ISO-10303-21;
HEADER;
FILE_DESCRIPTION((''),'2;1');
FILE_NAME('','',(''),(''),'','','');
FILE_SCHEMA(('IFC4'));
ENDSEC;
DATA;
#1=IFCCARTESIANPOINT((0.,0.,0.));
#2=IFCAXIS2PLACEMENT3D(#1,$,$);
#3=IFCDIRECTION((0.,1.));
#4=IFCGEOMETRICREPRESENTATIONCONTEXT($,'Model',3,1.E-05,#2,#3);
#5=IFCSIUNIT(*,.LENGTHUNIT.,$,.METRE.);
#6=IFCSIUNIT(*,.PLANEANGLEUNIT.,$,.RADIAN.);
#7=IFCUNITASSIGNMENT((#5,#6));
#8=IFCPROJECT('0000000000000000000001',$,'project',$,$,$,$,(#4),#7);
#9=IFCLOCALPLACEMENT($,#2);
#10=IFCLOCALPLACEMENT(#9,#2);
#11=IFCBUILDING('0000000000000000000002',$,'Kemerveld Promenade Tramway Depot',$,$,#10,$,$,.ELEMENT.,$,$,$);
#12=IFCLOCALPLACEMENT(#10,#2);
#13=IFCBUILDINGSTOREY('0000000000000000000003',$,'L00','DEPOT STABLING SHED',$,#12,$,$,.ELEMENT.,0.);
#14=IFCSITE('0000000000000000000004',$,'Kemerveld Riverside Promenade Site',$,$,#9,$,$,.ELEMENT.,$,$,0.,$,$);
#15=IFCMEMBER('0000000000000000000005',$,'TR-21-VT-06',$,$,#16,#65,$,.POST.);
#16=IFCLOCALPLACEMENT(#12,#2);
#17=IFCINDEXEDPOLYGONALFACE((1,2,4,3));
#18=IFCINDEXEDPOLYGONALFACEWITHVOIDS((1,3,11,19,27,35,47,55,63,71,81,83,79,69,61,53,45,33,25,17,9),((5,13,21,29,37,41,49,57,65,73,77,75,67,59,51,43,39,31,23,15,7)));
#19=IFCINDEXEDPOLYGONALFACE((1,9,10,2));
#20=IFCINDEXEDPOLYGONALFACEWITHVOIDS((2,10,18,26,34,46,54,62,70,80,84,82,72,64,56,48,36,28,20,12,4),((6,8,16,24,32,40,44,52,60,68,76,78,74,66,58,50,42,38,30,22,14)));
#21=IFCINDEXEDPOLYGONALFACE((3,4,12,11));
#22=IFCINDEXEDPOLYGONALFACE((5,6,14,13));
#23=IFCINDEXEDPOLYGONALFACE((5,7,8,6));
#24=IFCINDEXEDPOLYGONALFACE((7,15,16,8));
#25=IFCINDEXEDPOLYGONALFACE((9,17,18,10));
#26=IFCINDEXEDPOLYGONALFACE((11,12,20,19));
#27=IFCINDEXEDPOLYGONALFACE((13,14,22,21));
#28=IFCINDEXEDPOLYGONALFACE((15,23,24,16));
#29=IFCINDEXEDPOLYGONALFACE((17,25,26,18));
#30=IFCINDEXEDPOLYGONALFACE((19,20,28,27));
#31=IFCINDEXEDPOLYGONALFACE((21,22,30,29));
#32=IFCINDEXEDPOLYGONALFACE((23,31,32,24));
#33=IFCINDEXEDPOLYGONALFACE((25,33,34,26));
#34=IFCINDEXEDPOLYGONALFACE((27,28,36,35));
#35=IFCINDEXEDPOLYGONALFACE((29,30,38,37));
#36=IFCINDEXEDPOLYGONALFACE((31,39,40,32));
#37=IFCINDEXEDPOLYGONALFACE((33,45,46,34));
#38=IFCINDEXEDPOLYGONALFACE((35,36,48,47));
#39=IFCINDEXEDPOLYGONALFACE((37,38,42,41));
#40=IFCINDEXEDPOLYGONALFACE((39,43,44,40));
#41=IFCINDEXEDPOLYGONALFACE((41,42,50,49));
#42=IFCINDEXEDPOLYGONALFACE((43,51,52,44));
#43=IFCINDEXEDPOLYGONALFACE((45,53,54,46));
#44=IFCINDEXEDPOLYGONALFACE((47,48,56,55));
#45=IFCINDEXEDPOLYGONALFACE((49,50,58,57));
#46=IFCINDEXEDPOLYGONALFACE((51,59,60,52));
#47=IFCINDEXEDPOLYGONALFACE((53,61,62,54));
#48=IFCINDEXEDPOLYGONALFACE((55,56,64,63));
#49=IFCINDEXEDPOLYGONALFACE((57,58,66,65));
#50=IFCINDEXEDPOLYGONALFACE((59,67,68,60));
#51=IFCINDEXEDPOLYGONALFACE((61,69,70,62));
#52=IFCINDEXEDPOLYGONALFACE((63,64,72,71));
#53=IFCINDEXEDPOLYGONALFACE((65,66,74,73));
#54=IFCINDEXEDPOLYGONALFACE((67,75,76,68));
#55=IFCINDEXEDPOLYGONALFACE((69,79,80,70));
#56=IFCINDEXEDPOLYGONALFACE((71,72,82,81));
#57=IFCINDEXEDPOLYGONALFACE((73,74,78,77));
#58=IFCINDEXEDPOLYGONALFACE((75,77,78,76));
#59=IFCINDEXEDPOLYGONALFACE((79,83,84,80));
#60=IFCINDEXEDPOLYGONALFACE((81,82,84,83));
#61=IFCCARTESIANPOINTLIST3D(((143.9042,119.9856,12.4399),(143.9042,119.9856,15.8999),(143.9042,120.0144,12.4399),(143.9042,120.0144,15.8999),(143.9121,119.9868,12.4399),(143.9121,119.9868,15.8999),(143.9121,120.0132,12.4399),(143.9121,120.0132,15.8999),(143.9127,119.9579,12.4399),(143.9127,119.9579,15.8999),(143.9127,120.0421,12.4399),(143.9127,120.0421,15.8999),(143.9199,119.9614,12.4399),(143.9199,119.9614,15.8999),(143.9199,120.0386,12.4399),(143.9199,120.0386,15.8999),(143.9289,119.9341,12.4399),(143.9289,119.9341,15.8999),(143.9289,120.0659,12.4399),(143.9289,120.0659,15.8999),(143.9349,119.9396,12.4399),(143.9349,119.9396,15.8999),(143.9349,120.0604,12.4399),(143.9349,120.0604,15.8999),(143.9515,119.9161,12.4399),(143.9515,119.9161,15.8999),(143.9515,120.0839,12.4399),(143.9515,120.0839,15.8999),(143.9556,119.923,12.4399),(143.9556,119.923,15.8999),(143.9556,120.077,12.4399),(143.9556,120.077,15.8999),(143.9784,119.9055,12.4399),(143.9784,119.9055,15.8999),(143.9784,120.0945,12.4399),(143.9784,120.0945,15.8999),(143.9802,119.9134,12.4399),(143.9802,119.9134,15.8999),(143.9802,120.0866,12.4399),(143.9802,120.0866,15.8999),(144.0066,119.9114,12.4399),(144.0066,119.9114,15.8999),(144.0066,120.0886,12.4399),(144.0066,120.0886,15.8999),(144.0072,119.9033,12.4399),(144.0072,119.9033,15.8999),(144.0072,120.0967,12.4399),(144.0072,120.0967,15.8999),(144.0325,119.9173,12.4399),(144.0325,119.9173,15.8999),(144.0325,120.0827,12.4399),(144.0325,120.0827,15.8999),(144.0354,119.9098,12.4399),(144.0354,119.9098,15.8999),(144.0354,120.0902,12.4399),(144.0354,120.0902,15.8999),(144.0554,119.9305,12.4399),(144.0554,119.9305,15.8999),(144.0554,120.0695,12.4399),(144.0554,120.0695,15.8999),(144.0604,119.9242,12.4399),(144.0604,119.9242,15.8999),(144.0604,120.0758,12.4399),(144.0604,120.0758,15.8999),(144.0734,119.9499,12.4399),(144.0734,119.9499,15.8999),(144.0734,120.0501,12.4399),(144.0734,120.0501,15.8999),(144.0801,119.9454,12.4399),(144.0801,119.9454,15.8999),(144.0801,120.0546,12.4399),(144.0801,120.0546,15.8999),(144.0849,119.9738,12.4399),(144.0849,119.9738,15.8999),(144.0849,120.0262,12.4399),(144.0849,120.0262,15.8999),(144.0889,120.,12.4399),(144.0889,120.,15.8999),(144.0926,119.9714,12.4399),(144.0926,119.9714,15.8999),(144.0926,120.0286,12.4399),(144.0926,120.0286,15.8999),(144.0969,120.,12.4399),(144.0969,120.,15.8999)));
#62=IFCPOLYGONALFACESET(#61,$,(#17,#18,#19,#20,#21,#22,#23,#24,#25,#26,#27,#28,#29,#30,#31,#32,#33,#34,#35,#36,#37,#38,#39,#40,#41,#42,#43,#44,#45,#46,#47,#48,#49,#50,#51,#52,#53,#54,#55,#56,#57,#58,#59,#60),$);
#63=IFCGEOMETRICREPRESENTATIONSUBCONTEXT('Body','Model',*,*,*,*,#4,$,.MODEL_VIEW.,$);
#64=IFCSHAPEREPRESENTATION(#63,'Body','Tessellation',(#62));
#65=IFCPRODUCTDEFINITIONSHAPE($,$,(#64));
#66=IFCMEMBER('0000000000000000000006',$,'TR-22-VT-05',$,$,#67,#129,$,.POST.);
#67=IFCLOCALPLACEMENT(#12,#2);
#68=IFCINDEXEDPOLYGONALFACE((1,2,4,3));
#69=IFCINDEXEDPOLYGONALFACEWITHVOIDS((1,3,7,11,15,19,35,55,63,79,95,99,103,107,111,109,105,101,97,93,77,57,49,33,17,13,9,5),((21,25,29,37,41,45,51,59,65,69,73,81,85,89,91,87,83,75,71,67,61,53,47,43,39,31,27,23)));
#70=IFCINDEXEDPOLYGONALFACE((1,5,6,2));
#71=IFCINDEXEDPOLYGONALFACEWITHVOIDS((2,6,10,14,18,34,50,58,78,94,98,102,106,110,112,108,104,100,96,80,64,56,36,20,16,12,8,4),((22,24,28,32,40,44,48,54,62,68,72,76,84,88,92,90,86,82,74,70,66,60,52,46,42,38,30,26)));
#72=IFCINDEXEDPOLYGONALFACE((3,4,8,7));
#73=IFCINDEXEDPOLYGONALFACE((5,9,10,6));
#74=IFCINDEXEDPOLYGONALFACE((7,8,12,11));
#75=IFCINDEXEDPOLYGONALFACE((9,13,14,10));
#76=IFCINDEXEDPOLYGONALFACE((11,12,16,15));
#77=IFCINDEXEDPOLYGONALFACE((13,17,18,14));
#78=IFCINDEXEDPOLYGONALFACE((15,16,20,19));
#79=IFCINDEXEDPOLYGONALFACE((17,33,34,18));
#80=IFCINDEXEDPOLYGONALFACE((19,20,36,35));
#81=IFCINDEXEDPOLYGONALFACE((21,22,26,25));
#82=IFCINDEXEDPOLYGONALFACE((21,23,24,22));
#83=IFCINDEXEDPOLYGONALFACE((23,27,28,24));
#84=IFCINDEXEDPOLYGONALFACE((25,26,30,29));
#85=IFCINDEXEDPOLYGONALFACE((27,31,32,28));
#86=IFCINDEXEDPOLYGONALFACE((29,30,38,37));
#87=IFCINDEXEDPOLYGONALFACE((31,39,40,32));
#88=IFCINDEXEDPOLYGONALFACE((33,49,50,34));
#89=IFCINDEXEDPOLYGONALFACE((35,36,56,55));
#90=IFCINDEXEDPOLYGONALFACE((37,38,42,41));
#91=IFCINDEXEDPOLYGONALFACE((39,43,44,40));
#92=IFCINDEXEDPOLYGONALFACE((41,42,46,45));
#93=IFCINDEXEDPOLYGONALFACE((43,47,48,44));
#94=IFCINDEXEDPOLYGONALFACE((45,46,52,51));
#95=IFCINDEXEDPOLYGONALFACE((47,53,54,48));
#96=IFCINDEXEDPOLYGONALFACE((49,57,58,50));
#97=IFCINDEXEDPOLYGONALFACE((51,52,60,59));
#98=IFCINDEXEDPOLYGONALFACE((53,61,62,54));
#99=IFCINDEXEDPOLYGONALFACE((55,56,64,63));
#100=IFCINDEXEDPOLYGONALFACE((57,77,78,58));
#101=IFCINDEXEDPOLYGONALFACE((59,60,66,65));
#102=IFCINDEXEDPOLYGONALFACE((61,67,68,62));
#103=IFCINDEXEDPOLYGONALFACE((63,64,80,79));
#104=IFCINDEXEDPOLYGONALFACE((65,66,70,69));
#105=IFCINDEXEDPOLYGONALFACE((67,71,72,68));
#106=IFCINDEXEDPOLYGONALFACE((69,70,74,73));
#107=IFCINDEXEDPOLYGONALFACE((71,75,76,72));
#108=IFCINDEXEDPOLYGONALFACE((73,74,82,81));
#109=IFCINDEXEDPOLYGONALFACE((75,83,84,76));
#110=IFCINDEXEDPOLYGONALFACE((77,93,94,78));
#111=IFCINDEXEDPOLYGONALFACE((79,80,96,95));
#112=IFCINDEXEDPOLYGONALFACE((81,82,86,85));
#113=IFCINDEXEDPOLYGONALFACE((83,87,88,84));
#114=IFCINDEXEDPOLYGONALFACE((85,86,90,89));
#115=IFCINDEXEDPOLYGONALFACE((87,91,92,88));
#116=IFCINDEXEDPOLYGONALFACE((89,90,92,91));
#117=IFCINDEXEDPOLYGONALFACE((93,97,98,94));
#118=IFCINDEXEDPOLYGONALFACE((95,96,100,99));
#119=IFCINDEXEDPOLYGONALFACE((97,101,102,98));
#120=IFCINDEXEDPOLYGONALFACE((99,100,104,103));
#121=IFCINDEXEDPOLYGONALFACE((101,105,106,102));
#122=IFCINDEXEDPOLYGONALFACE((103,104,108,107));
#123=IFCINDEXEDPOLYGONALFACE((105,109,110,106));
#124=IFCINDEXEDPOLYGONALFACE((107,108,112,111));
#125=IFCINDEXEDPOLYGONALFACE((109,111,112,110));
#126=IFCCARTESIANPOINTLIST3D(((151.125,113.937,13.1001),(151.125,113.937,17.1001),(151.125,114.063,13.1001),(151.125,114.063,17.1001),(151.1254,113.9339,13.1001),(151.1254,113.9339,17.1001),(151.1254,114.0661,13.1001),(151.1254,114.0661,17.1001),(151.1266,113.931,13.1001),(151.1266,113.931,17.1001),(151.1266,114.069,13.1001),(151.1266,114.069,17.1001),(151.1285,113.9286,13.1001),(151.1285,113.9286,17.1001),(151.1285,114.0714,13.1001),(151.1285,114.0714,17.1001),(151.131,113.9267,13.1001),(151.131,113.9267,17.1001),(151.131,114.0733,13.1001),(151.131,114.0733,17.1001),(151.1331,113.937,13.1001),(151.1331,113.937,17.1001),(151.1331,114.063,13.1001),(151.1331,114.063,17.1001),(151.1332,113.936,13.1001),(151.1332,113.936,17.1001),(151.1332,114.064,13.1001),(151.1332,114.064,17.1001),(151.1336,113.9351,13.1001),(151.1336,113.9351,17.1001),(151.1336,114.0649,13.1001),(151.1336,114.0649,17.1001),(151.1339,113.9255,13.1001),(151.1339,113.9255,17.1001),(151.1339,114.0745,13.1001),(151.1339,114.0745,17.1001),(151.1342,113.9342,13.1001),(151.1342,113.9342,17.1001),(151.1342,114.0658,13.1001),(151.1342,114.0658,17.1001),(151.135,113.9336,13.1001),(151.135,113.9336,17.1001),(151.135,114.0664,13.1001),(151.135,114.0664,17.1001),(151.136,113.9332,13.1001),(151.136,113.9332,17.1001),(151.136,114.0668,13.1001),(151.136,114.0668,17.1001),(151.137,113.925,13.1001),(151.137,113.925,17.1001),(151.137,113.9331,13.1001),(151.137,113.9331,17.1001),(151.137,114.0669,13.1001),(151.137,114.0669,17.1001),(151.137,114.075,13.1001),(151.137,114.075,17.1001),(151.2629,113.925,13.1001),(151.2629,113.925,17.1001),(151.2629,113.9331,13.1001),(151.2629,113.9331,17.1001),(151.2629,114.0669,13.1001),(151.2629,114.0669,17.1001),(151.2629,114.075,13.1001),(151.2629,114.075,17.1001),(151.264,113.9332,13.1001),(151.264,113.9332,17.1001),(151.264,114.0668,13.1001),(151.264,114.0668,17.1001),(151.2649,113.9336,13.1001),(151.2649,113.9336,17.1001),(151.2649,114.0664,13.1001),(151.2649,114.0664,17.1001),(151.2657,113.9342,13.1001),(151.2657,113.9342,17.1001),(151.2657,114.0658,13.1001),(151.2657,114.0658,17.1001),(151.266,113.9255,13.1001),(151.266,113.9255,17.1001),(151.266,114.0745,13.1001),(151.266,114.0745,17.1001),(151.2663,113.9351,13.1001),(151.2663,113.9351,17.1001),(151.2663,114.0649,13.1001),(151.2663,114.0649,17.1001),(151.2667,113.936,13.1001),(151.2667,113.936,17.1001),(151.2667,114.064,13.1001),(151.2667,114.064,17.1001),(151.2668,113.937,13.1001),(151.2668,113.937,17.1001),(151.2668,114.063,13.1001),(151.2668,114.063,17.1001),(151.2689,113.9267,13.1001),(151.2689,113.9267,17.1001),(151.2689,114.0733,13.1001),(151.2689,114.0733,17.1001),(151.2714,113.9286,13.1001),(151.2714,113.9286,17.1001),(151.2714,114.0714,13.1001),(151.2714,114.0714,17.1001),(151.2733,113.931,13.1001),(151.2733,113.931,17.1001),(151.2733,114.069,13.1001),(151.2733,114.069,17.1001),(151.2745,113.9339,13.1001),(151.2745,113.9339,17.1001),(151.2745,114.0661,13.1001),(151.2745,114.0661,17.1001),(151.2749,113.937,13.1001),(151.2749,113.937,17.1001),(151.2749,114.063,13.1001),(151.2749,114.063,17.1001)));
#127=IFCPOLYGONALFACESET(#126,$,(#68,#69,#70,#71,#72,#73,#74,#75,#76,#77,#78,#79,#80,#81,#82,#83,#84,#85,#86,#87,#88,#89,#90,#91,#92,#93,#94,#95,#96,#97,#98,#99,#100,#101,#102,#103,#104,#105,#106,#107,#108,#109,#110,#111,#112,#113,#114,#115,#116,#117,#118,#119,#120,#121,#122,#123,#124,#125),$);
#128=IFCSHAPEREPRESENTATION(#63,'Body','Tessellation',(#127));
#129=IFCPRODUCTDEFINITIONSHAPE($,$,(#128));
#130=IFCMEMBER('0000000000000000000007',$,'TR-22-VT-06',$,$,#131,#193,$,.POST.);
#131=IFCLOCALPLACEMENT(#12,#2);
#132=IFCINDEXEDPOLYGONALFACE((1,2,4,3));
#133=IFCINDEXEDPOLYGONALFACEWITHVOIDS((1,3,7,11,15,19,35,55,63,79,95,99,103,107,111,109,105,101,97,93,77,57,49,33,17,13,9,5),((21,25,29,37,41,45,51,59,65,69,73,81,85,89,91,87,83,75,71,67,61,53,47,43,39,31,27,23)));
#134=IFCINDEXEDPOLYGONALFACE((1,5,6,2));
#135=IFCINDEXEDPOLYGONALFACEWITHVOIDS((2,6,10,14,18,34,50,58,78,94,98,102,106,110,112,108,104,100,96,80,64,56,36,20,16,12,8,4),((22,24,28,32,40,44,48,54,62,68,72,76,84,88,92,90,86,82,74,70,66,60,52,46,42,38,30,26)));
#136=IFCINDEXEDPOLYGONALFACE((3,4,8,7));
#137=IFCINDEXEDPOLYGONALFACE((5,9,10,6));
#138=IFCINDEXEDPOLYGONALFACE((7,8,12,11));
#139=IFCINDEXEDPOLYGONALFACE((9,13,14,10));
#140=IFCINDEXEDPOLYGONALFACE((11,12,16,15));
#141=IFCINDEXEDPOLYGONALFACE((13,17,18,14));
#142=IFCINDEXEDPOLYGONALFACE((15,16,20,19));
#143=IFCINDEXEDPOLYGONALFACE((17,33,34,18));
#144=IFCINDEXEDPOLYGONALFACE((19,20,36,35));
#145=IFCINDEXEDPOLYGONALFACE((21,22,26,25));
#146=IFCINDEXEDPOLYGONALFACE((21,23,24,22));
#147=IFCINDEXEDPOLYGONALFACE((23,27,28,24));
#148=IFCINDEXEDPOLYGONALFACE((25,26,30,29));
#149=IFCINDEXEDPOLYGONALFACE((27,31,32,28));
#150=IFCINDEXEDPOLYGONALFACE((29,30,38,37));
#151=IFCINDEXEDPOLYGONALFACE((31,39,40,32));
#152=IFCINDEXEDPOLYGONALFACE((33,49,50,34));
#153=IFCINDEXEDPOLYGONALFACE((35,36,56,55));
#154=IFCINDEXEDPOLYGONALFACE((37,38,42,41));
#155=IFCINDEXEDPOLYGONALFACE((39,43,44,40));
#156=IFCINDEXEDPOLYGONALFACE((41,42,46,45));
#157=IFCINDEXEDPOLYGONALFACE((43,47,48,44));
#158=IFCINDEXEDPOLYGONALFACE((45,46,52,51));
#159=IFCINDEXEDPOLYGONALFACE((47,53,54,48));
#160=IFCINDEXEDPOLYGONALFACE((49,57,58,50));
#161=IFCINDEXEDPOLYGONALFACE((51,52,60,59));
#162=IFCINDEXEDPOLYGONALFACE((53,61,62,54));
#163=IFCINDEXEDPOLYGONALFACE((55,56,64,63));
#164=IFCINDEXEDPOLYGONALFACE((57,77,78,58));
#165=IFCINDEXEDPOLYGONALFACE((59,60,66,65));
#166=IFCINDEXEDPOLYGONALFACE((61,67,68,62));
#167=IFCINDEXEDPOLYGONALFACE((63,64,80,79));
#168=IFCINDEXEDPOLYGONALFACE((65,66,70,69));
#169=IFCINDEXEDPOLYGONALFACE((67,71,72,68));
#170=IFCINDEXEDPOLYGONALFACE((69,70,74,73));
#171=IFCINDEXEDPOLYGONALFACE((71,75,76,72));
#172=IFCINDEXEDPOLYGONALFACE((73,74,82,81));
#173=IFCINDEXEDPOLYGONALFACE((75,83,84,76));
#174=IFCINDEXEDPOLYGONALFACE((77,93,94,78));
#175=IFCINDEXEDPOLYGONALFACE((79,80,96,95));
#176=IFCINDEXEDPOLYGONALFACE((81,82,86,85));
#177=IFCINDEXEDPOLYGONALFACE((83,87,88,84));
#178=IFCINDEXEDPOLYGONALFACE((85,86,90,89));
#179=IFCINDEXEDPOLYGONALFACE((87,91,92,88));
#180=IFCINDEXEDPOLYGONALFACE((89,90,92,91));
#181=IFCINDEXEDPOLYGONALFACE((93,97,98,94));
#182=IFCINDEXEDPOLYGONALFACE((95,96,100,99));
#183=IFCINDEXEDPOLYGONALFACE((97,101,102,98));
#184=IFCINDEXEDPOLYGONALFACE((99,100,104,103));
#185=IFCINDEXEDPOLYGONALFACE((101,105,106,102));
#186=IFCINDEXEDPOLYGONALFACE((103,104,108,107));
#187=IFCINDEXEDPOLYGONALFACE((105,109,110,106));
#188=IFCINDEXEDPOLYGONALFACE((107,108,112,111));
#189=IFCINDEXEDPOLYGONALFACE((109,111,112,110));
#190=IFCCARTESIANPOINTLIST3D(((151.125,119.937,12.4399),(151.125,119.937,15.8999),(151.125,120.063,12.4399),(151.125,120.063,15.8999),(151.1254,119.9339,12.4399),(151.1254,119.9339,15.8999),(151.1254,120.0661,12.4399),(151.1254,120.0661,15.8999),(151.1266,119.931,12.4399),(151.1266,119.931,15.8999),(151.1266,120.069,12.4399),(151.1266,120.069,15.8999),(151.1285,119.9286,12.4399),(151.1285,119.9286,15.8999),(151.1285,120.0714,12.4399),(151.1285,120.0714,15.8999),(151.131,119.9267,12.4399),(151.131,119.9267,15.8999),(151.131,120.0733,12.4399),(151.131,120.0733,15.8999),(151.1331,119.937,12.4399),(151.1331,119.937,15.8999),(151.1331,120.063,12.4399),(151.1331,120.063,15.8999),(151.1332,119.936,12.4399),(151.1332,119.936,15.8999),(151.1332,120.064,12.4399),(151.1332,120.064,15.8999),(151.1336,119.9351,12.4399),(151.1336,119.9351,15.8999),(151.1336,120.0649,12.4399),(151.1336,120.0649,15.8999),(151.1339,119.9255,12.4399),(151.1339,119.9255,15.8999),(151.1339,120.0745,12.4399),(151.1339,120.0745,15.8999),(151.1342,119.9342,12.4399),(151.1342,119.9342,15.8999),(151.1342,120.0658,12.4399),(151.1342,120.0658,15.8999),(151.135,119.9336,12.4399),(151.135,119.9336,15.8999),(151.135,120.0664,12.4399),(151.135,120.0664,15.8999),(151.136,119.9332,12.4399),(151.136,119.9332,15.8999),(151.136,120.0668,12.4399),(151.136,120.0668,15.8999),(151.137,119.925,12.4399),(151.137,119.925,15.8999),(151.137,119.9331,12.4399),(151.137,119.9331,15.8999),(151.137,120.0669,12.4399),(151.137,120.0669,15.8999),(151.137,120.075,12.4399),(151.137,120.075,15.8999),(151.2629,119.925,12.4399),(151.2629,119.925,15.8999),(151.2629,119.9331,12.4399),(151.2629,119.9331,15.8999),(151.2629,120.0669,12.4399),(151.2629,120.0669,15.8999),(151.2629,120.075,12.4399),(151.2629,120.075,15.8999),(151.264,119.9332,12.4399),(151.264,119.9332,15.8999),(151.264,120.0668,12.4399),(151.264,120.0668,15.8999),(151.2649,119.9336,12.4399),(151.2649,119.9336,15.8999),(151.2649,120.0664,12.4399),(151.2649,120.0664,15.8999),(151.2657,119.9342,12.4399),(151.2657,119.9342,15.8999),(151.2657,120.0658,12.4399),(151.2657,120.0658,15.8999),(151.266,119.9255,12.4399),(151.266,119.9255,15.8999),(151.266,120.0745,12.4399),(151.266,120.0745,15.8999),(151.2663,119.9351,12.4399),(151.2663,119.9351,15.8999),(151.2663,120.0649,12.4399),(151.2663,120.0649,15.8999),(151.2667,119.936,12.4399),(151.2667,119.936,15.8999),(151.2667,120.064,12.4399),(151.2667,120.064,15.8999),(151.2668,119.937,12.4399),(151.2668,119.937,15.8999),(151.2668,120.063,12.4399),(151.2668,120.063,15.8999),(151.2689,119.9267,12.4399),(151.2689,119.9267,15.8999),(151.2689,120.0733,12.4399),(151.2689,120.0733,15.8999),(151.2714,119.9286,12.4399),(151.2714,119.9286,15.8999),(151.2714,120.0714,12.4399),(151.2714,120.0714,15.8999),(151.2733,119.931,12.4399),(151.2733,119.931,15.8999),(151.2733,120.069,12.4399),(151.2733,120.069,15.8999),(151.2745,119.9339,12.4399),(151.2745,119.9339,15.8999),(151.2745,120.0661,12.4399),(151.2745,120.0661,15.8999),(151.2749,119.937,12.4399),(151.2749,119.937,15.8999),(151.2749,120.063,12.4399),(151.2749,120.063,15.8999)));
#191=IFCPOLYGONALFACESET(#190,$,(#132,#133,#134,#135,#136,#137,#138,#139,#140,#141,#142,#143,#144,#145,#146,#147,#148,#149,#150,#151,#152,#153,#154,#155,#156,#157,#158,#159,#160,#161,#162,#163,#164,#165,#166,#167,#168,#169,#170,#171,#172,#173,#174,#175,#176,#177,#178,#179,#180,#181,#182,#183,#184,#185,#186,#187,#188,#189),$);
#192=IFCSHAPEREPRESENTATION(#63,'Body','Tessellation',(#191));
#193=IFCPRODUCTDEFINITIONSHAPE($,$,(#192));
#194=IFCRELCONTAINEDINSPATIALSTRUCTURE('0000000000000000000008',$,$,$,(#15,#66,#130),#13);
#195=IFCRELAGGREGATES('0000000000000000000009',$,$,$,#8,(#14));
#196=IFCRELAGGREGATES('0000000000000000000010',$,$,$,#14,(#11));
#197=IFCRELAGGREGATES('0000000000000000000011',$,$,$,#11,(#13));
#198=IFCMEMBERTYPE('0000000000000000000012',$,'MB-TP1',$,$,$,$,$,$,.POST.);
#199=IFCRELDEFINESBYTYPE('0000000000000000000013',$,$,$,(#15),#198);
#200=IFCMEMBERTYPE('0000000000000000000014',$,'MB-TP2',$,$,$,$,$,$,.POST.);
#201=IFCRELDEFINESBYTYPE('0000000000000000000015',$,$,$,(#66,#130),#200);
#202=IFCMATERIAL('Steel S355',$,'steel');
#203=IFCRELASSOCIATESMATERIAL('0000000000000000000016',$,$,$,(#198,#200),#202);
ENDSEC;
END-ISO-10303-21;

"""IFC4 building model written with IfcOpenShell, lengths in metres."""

from ifc_helpers import new_model, si_unit, direction, frame, origin, origin_2d, place, context, subcontext, project, spatial, hollow_rectangle, hollow_circle, extrude, material, material_profile, profile_set, type_object, element, save


model = new_model("IFC4")

# Units and contexts
model_context = context("Model", 3, precision=1e-05, world=origin(), true_north=direction((0.0, 1.0)))
body_context = subcontext(model_context, "Body", "Model", "MODEL_VIEW")
ifc_project = project(units=[si_unit("LENGTHUNIT", "METRE"), si_unit("PLANEANGLEUNIT", "RADIAN")], contexts=[model_context])

# Site, building, storey
site_placement = place(None, origin())
site = spatial("IfcSite", under=ifc_project, at=site_placement, Name="Kemerveld Riverside Promenade Site", CompositionType="ELEMENT", RefElevation=0.0)
building_placement = place(site_placement, origin())
building = spatial("IfcBuilding", under=site, at=building_placement, Name="Kemerveld Promenade Tramway Depot", CompositionType="ELEMENT")
storey_placement = place(building_placement, origin())
storey = spatial("IfcBuildingStorey", under=building, at=storey_placement, Name="L00", Description="DEPOT STABLING SHED", CompositionType="ELEMENT", Elevation=0.0)

# Members
ifc_material_1 = material(Name="Steel S355", Category="steel")
ifc_material_profile_1 = material_profile(ifc_material_1, hollow_circle(Radius=0.0969, WallThickness=0.0081, at=origin_2d()), Name="193.7x8.0 CHS")
ifc_profile_set_1 = profile_set([ifc_material_profile_1], Name="Steel S355")
member_type_1 = type_object("IfcMemberType", Name="MB-TP1", PredefinedType="POST", material=ifc_profile_set_1)
member_1_placement = place(storey_placement, frame((144.0, 120.0, 12.4399), z_axis=(0.0, 0.0, 1.0), x_axis=(1.0, 0.0, 0.0)))
element("IfcMember", 1, at=member_1_placement, inside=storey, type_object=member_type_1, Name="TR-21-VT-06", PredefinedType="POST", context=body_context, shape_type="SweptSolid", body=[
    extrude(hollow_circle(Radius=0.0969, WallThickness=0.0081, at=origin_2d()), origin(), (0.0, 0.0, 1.0), 3.46),
])
ifc_material_profile_2 = material_profile(ifc_material_1, hollow_rectangle(XDim=0.1499, YDim=0.1499, WallThickness=0.0081, InnerFilletRadius=0.0039, OuterFilletRadius=0.012, at=origin_2d()), Name="150x150x8.0 SHS")
ifc_profile_set_2 = profile_set([ifc_material_profile_2], Name="Steel S355")
member_type_2 = type_object("IfcMemberType", Name="MB-TP2", PredefinedType="POST", material=ifc_profile_set_2)
member_2_placement = place(storey_placement, frame((151.2, 114.0, 13.1001), z_axis=(0.0, 0.0, 1.0), x_axis=(1.0, 0.0, 0.0)))
element("IfcMember", 2, at=member_2_placement, inside=storey, type_object=member_type_2, Name="TR-22-VT-05", PredefinedType="POST", context=body_context, shape_type="SweptSolid", body=[
    extrude(hollow_rectangle(XDim=0.1499, YDim=0.1499, WallThickness=0.0081, InnerFilletRadius=0.0039, OuterFilletRadius=0.012, at=origin_2d()), origin(), (0.0, 0.0, 1.0), 4.0),
])
member_3_placement = place(storey_placement, frame((151.2, 120.0, 12.4399), z_axis=(0.0, 0.0, 1.0), x_axis=(1.0, 0.0, 0.0)))
element("IfcMember", 3, at=member_3_placement, inside=storey, type_object=member_type_2, Name="TR-22-VT-06", PredefinedType="POST", context=body_context, shape_type="SweptSolid", body=[
    extrude(hollow_rectangle(XDim=0.1499, YDim=0.1499, WallThickness=0.0081, InnerFilletRadius=0.0039, OuterFilletRadius=0.012, at=origin_2d()), origin(), (0.0, 0.0, 1.0), 3.46),
])

save(model, "model.ifc")
